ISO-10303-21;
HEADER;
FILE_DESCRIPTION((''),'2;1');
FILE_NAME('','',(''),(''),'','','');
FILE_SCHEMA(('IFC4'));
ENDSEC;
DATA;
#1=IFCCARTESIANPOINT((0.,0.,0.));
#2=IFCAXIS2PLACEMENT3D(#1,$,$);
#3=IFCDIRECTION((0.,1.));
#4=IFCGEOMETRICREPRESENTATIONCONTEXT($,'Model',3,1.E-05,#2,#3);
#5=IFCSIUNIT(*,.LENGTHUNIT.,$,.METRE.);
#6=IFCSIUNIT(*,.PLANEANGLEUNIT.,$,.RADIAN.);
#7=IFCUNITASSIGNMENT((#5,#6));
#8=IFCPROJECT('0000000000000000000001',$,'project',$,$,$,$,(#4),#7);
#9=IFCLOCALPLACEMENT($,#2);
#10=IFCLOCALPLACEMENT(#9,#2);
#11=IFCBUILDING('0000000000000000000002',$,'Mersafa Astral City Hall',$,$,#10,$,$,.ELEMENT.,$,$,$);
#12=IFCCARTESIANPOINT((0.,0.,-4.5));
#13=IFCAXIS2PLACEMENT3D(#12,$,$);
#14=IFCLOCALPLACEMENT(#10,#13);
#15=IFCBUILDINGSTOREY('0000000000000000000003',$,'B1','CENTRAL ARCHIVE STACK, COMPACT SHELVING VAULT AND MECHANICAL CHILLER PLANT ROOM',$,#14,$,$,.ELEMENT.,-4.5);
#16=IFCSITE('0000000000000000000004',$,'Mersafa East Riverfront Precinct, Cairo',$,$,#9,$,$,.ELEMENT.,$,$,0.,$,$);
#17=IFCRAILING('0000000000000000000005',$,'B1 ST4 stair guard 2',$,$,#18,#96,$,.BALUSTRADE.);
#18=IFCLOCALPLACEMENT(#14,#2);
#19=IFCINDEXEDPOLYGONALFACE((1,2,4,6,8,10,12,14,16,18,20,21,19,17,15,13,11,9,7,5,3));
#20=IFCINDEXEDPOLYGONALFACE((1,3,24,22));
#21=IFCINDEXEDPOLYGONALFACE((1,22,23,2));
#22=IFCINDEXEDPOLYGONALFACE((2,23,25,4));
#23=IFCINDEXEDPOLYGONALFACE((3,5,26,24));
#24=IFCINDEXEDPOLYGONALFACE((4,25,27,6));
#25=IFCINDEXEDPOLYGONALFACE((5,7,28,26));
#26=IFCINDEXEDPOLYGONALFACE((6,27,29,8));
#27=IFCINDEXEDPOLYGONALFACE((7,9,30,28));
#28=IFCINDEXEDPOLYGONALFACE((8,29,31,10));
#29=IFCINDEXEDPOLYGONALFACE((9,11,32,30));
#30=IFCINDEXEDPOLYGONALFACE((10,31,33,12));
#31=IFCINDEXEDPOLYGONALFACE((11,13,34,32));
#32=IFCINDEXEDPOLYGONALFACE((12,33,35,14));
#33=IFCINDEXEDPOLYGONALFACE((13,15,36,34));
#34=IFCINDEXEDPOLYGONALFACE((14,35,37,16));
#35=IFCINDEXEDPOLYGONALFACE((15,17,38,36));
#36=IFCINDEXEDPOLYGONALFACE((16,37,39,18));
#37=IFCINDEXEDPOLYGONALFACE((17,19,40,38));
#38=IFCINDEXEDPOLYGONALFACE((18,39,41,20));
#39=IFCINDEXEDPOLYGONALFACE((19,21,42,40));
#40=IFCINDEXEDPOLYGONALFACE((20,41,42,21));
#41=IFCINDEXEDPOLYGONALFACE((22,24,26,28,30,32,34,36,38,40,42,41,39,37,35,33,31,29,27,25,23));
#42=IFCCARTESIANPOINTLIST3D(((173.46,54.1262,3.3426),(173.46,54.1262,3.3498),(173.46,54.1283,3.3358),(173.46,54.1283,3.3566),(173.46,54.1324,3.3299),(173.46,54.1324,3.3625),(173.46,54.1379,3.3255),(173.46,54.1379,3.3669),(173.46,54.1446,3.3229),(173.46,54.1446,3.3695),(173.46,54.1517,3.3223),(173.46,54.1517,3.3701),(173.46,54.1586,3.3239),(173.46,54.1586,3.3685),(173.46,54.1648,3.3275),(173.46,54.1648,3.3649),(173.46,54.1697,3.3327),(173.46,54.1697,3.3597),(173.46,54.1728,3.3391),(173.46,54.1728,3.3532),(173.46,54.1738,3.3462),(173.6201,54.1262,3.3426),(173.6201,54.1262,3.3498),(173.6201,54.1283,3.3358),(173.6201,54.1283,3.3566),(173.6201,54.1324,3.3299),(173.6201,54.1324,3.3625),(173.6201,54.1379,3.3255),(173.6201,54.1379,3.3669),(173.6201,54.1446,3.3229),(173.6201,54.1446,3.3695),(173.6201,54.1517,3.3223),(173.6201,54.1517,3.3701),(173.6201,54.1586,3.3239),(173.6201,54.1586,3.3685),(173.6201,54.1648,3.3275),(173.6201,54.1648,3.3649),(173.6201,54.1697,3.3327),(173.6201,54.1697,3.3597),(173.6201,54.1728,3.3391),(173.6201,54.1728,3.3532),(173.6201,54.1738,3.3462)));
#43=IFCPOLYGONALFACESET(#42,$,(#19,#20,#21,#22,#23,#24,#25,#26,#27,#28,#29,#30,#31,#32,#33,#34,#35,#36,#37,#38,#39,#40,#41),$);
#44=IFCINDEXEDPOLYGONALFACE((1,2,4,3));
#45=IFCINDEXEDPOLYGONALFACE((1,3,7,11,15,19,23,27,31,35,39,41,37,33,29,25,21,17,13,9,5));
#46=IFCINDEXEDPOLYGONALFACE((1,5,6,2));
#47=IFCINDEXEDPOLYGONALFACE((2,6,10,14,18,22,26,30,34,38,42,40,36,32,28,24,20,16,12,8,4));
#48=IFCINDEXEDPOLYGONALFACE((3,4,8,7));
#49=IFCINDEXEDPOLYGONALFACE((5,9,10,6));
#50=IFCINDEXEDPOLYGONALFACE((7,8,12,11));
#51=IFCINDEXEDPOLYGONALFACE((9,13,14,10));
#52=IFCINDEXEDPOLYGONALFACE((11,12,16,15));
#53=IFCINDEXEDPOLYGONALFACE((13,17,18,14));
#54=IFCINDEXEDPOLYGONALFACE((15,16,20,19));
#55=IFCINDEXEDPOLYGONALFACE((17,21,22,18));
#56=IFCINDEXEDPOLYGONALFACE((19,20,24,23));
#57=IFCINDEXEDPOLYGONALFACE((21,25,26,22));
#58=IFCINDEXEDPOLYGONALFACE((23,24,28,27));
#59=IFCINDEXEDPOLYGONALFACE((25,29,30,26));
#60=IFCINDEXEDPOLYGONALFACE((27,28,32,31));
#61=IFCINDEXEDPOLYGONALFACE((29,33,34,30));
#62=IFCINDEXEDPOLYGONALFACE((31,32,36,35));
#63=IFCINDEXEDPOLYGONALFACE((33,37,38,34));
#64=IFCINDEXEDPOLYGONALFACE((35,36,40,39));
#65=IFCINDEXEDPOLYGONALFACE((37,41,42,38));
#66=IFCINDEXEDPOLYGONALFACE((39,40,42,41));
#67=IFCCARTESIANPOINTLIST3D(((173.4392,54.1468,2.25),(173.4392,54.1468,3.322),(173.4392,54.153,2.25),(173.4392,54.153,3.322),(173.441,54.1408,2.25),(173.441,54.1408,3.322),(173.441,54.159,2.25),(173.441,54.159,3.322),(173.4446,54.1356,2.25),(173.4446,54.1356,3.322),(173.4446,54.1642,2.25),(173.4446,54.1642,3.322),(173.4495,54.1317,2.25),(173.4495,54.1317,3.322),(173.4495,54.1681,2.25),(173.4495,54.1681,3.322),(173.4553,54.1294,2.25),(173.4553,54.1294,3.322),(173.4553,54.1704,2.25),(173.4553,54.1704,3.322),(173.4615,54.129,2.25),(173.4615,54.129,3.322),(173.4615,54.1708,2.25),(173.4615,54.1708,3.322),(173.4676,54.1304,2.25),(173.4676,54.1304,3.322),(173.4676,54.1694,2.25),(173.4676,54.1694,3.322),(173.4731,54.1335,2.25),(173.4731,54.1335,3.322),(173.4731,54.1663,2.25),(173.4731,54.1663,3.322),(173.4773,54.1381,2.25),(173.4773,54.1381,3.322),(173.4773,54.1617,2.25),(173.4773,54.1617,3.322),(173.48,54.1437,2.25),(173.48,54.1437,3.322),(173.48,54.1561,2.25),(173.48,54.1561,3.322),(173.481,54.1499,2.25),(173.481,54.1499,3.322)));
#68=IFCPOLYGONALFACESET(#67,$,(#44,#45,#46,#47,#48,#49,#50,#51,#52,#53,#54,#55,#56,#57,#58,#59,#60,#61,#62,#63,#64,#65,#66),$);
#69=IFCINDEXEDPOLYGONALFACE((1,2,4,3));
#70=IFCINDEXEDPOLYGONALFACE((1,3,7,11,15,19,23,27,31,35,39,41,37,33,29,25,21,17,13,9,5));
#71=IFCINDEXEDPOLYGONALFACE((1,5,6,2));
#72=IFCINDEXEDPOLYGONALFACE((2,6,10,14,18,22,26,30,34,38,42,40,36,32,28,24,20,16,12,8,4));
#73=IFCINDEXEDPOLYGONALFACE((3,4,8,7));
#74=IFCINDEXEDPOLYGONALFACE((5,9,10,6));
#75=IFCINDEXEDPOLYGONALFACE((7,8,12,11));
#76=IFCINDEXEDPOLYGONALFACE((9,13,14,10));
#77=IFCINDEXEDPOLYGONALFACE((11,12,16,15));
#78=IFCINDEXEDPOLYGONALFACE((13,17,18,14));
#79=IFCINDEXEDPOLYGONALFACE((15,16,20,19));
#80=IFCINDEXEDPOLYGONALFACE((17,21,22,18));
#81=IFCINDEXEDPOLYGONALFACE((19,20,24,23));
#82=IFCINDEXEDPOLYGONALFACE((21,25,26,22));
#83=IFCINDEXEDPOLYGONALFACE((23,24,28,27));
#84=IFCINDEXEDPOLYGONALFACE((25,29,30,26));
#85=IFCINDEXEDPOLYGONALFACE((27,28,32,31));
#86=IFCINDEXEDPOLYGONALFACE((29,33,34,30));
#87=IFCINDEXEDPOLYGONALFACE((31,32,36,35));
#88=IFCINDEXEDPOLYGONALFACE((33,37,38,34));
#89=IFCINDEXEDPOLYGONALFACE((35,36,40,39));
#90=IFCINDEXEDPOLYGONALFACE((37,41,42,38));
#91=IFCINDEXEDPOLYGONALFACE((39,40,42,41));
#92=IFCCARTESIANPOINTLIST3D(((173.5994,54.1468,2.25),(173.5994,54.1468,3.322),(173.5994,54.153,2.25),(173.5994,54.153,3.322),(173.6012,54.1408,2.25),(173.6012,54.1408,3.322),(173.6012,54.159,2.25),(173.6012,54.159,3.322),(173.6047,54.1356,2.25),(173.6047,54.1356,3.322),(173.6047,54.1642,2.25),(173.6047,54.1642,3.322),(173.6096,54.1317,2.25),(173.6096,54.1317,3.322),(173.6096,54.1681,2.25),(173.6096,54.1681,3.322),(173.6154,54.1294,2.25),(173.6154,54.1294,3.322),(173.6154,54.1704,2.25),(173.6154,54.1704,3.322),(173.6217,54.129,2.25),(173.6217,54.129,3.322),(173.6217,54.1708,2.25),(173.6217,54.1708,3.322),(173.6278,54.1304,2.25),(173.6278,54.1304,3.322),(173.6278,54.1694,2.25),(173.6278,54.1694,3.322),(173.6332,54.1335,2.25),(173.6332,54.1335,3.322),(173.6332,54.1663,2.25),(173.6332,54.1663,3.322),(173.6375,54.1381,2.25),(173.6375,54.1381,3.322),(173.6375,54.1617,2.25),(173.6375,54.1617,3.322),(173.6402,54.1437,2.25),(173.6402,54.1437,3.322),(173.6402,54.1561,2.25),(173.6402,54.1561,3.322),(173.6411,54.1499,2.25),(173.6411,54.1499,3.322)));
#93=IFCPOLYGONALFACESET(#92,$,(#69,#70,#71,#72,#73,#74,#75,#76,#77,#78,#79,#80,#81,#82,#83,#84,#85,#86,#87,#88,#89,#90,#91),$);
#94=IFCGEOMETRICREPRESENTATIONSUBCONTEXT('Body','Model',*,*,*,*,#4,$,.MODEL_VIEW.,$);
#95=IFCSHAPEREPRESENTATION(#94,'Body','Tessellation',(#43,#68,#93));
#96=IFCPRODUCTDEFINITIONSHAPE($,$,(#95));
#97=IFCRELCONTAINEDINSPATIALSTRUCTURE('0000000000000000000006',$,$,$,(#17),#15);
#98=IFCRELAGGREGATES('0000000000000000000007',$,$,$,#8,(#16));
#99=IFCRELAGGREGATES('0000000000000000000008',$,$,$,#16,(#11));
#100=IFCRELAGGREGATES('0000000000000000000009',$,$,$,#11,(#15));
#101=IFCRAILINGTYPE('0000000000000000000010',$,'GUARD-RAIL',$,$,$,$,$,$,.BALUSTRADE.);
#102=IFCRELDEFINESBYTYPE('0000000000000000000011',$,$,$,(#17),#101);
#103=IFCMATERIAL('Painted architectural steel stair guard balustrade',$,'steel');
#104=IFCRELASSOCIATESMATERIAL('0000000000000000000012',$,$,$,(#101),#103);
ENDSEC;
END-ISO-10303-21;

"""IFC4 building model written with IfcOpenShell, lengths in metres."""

from ifc_helpers import new_model, si_unit, direction, frame, origin, origin_2d, place, context, subcontext, project, spatial, circle, extrude, material, type_object, element, save


model = new_model("IFC4")

# Units and contexts
model_context = context("Model", 3, precision=1e-05, world=origin(), true_north=direction((0.0, 1.0)))
body_context = subcontext(model_context, "Body", "Model", "MODEL_VIEW")
ifc_project = project(units=[si_unit("LENGTHUNIT", "METRE"), si_unit("PLANEANGLEUNIT", "RADIAN")], contexts=[model_context])

# Site, building, storey
site_placement = place(None, origin())
site = spatial("IfcSite", under=ifc_project, at=site_placement, Name="Mersafa East Riverfront Precinct, Cairo", CompositionType="ELEMENT", RefElevation=0.0)
building_placement = place(site_placement, origin())
building = spatial("IfcBuilding", under=site, at=building_placement, Name="Mersafa Astral City Hall", CompositionType="ELEMENT")
storey_placement = place(building_placement, frame((0.0, 0.0, -4.5)))
storey = spatial("IfcBuildingStorey", under=building, at=storey_placement, Name="B1", Description="CENTRAL ARCHIVE STACK, COMPACT SHELVING VAULT AND MECHANICAL CHILLER PLANT ROOM", CompositionType="ELEMENT", Elevation=-4.5)

# Railing
ifc_material_1 = material(Name="Painted architectural steel stair guard balustrade", Category="steel")
railing_type_1 = type_object("IfcRailingType", Name="GUARD-RAIL", PredefinedType="BALUSTRADE", material=ifc_material_1)
railing_1_placement = place(storey_placement, frame((173.46, 54.1499, 2.25)))
element("IfcRailing", 1, at=railing_1_placement, inside=storey, type_object=railing_type_1, Name="B1 ST4 stair guard 2", PredefinedType="BALUSTRADE", context=body_context, shape_type="SweptSolid", body=[
    extrude(circle(Radius=0.0239, at=origin_2d()), frame((0.0, 0.0, 1.0962), z_axis=(1.0, 0.0, 0.0), x_axis=(0.0, 1.0, 0.0)), (0.0, 0.0, 1.0), 0.1602),
    extrude(circle(Radius=0.021, at=origin_2d()), origin(), (0.0, 0.0, 1.0), 1.072),
    extrude(circle(Radius=0.021, at=origin_2d()), frame((0.1602, 0.0, 0.0)), (0.0, 0.0, 1.0), 1.072),
])

save(model, "model.ifc")
